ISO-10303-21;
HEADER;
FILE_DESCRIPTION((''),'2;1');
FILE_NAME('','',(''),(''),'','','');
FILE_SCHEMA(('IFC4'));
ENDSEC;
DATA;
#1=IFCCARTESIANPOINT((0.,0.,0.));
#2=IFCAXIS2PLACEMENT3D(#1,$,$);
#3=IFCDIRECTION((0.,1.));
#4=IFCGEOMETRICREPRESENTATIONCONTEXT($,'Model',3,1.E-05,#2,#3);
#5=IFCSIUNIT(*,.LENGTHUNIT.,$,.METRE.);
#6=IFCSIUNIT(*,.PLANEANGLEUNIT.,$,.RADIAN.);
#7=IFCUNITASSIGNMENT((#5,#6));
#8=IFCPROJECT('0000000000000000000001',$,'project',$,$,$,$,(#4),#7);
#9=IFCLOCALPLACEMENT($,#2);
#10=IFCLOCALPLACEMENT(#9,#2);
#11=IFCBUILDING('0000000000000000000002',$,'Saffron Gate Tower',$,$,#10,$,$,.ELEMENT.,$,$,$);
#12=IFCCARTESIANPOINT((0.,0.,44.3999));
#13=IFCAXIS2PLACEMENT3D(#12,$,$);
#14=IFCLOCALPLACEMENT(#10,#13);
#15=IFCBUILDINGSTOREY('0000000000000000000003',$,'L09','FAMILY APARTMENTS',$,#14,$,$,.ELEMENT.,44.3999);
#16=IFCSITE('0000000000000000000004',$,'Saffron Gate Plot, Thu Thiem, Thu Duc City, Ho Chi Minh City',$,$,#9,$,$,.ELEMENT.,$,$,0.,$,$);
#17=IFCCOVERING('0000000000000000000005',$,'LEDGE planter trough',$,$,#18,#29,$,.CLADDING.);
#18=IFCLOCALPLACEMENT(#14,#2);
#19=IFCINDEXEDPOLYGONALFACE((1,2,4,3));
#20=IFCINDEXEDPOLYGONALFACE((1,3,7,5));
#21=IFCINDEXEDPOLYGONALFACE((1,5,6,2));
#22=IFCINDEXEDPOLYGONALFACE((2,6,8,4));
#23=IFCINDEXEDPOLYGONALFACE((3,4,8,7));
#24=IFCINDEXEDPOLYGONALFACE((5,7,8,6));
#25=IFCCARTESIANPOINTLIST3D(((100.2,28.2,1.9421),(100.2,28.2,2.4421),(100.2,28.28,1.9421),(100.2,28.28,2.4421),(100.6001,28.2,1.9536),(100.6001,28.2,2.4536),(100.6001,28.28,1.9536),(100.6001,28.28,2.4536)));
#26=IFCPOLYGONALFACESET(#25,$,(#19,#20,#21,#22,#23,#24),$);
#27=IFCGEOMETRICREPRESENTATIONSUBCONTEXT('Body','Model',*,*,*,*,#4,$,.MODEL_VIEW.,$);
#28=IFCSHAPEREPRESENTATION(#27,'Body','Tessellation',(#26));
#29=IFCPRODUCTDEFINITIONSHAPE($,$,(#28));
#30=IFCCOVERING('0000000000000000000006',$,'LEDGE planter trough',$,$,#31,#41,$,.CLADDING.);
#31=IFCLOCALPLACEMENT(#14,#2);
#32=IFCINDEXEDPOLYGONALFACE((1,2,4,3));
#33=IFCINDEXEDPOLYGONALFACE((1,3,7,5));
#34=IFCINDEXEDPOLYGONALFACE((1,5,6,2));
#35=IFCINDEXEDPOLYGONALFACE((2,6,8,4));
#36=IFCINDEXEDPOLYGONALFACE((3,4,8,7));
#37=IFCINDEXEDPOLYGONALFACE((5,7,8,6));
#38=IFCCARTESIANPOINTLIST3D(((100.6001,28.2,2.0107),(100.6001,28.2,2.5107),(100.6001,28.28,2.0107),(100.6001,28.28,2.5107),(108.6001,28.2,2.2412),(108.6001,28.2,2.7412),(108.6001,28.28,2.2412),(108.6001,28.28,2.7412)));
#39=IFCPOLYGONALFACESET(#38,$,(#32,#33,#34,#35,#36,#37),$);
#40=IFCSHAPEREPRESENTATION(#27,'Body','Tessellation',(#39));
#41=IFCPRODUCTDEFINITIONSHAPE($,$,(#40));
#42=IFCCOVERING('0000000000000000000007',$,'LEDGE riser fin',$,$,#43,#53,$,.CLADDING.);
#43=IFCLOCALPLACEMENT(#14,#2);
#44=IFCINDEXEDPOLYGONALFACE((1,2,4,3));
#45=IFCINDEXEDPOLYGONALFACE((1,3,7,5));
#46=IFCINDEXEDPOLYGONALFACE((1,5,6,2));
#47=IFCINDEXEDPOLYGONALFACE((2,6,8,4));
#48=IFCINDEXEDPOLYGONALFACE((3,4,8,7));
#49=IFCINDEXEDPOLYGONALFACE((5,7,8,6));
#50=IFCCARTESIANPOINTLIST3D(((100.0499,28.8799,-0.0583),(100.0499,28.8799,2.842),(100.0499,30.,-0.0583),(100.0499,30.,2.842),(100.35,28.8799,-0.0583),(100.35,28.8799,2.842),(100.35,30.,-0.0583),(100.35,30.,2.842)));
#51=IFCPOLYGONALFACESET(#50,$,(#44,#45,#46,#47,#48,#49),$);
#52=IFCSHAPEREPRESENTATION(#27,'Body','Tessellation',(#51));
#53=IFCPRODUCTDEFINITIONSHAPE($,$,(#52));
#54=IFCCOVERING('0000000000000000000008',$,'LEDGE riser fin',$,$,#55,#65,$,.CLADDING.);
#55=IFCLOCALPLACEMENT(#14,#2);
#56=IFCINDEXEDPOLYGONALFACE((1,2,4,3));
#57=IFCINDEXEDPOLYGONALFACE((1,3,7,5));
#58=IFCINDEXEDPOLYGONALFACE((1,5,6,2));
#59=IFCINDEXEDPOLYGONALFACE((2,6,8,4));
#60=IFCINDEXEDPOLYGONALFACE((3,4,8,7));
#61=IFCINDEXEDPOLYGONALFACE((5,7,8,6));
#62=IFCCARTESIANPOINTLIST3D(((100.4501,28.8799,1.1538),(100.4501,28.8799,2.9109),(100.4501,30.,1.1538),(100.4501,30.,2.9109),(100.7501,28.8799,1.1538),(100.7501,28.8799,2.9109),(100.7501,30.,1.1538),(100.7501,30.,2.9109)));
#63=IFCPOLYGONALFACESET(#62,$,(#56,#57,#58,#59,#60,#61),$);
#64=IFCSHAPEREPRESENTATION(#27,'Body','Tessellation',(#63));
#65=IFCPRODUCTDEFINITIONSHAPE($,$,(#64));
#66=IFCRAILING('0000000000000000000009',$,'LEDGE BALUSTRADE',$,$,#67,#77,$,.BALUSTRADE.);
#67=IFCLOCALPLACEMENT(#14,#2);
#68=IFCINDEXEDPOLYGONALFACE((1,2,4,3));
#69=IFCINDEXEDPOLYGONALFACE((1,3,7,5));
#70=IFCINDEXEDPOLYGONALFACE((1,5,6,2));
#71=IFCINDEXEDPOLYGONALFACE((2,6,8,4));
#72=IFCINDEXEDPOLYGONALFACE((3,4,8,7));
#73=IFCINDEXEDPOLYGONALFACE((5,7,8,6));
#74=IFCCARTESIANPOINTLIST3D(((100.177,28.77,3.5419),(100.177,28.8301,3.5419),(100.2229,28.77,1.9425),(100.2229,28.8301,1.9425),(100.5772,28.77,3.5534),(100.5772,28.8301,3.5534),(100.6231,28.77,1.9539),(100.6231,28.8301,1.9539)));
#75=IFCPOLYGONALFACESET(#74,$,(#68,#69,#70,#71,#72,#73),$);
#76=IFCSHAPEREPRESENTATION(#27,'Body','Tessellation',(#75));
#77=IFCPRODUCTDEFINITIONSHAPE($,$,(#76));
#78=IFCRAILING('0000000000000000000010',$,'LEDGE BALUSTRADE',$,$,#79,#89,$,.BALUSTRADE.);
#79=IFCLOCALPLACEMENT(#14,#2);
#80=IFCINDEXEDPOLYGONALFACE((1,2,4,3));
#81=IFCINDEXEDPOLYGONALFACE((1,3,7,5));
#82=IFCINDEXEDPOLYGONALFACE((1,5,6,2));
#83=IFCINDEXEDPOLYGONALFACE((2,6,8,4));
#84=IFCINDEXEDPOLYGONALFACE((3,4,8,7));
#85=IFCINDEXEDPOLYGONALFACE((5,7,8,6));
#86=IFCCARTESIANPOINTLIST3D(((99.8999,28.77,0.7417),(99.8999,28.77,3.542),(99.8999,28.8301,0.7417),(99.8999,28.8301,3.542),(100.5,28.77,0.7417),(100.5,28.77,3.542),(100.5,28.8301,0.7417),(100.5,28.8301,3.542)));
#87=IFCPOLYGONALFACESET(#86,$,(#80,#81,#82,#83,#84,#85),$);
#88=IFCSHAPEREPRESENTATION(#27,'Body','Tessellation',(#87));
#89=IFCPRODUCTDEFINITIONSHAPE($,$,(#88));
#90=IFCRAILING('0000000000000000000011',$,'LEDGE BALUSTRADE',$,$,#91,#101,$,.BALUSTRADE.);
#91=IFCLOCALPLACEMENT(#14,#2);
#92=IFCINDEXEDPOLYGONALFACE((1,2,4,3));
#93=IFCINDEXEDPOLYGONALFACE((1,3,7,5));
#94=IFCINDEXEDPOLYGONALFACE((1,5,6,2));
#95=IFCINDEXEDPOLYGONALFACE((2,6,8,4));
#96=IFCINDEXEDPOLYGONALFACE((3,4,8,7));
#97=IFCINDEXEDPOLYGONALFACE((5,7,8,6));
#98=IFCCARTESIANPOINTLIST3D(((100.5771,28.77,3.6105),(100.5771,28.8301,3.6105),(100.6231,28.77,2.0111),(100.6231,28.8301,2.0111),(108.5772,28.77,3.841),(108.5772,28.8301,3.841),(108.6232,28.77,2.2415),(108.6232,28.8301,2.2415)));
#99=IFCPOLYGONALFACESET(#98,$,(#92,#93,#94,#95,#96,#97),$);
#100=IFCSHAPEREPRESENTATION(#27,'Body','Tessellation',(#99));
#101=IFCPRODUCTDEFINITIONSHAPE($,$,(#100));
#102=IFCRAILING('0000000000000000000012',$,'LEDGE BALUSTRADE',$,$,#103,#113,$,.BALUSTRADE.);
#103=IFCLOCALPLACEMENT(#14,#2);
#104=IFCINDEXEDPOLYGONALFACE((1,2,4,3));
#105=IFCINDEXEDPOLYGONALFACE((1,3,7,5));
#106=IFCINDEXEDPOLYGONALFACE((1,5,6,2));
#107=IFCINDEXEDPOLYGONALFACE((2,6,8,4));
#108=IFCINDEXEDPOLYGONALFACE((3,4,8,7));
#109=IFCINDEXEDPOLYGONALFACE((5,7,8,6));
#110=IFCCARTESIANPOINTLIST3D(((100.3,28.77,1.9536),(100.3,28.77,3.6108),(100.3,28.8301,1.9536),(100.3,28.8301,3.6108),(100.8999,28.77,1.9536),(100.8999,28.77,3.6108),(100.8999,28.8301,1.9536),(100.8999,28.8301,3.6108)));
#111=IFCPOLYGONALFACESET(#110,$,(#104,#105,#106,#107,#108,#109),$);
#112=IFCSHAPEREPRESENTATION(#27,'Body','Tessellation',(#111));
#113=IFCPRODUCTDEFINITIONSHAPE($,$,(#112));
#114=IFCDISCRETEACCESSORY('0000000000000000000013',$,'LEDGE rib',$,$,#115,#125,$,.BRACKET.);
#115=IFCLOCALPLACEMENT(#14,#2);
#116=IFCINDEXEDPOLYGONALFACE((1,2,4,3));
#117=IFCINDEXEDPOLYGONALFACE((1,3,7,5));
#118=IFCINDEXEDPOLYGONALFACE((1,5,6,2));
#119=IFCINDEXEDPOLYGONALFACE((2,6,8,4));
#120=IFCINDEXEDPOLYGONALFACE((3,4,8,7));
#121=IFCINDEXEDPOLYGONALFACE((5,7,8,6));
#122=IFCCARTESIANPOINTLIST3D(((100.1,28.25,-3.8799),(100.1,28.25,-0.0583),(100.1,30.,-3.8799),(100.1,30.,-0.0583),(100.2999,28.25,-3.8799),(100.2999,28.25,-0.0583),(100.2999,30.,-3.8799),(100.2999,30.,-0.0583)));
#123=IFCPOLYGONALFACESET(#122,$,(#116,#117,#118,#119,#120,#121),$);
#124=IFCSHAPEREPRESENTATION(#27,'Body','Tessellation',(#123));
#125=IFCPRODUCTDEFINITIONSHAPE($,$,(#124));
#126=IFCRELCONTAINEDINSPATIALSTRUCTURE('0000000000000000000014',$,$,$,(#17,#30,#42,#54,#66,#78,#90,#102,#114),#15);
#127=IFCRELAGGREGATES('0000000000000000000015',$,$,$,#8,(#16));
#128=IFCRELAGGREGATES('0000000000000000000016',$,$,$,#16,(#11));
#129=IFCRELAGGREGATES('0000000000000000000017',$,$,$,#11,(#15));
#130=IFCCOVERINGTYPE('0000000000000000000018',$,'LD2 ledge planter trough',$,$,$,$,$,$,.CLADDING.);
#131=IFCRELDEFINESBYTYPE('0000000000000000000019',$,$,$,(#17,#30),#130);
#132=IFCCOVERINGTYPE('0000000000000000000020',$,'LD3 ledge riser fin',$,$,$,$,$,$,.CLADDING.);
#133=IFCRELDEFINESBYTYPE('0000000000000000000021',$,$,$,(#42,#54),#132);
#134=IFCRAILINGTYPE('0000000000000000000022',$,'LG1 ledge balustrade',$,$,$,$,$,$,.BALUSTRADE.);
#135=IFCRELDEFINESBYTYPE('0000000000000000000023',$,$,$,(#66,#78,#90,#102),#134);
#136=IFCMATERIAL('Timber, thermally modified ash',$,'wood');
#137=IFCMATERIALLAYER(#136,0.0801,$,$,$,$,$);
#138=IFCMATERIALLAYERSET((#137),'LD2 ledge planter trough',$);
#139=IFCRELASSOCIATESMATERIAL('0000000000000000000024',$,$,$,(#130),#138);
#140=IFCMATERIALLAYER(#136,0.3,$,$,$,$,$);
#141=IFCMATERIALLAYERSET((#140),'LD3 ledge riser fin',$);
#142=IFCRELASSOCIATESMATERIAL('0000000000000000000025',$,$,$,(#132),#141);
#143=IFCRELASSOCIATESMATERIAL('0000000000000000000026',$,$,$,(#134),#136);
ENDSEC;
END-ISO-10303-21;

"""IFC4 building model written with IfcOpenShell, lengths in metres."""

from ifc_helpers import new_model, si_unit, direction, frame, origin, origin_2d, place, context, subcontext, project, spatial, polyline, rectangle, outline, extrude, material, layer, layer_set, type_object, element, save


model = new_model("IFC4")

# Units and contexts
model_context = context("Model", 3, precision=1e-05, world=origin(), true_north=direction((0.0, 1.0)))
body_context = subcontext(model_context, "Body", "Model", "MODEL_VIEW")
ifc_project = project(units=[si_unit("LENGTHUNIT", "METRE"), si_unit("PLANEANGLEUNIT", "RADIAN")], contexts=[model_context])

# Site, building, storey
site_placement = place(None, origin())
site = spatial("IfcSite", under=ifc_project, at=site_placement, Name="Saffron Gate Plot, Thu Thiem, Thu Duc City, Ho Chi Minh City", CompositionType="ELEMENT", RefElevation=0.0)
building_placement = place(site_placement, origin())
building = spatial("IfcBuilding", under=site, at=building_placement, Name="Saffron Gate Tower", CompositionType="ELEMENT")
storey_placement = place(building_placement, frame((0.0, 0.0, 44.3999)))
storey = spatial("IfcBuildingStorey", under=building, at=storey_placement, Name="L09", Description="FAMILY APARTMENTS", CompositionType="ELEMENT", Elevation=44.3999)

# Coverings
ifc_material_1 = material(Name="Timber, thermally modified ash", Category="wood")
ifc_layer_1 = layer(ifc_material_1, 0.0801)
ifc_layer_set_1 = layer_set([ifc_layer_1], Name="LD2 ledge planter trough")
covering_type_1 = type_object("IfcCoveringType", Name="LD2 ledge planter trough", PredefinedType="CLADDING", material=ifc_layer_set_1)
covering_1_placement = place(storey_placement, frame((100.2, 28.2, 1.9421), z_axis=(0.0, -1.0, 0.0), x_axis=(0.999589, 0.0, 0.028664)))
element("IfcCovering", 1, at=covering_1_placement, inside=storey, type_object=covering_type_1, Name="LEDGE planter trough", PredefinedType="CLADDING", context=body_context, shape_type="SweptSolid", body=[
    extrude(outline(polyline([(0.0, 0.0), (0.4003, 0.0), (0.4146, 0.4998), (0.0143, 0.4998), (0.0, 0.0)])), origin(), (0.0, 0.0, -1.0), 0.0801),
])
covering_2_placement = place(storey_placement, frame((100.6001, 28.2, 2.0107), z_axis=(0.0, -1.0, 0.0), x_axis=(0.999585, 0.0, 0.028797)))
element("IfcCovering", 2, at=covering_2_placement, inside=storey, type_object=covering_type_1, Name="LEDGE planter trough", PredefinedType="CLADDING", context=body_context, shape_type="SweptSolid", body=[
    extrude(outline(polyline([(0.0, 0.0), (8.0033, 0.0), (8.0177, 0.4998), (0.0144, 0.4998), (0.0, 0.0)])), origin(), (0.0, 0.0, -1.0), 0.0801),
])
ifc_layer_2 = layer(ifc_material_1, 0.3)
ifc_layer_set_2 = layer_set([ifc_layer_2], Name="LD3 ledge riser fin")
covering_type_2 = type_object("IfcCoveringType", Name="LD3 ledge riser fin", PredefinedType="CLADDING", material=ifc_layer_set_2)
covering_3_placement = place(storey_placement, frame((100.2, 29.4399, -0.0583), z_axis=(0.0, 0.0, 1.0), x_axis=(1.0, 0.0, 0.0)))
element("IfcCovering", 3, at=covering_3_placement, inside=storey, type_object=covering_type_2, Name="LEDGE riser fin", PredefinedType="CLADDING", context=body_context, shape_type="SweptSolid", body=[
    extrude(rectangle(XDim=0.3, YDim=1.1201, at=origin_2d()), origin(), (0.0, 0.0, 1.0), 2.9004),
])
covering_4_placement = place(storey_placement, frame((100.6001, 29.4399, 1.1538), z_axis=(0.0, 0.0, 1.0), x_axis=(1.0, 0.0, 0.0)))
element("IfcCovering", 4, at=covering_4_placement, inside=storey, type_object=covering_type_2, Name="LEDGE riser fin", PredefinedType="CLADDING", context=body_context, shape_type="SweptSolid", body=[
    extrude(rectangle(XDim=0.3, YDim=1.1201, at=origin_2d()), origin(), (0.0, 0.0, 1.0), 1.7571),
])

# Railings
railing_type = type_object("IfcRailingType", Name="LG1 ledge balustrade", PredefinedType="BALUSTRADE", material=ifc_material_1)
railing_1_placement = place(storey_placement, frame((100.2, 28.8, 1.9421)))
element("IfcRailing", 5, at=railing_1_placement, inside=storey, type_object=railing_type, Name="LEDGE BALUSTRADE", PredefinedType="BALUSTRADE", context=body_context, shape_type="SweptSolid", body=[
    extrude(rectangle(XDim=0.0601, YDim=1.6001, at=origin_2d()), frame((0.0, 0.0, 0.8), z_axis=(0.999589, 0.0, 0.028664), x_axis=(0.0, 1.0, 0.0)), (0.0, 0.0, 1.0), 0.4004),
])
railing_2_placement = place(storey_placement, frame((99.8999, 28.8, 0.7417)))
element("IfcRailing", 6, at=railing_2_placement, inside=storey, type_object=railing_type, Name="LEDGE BALUSTRADE", PredefinedType="BALUSTRADE", context=body_context, shape_type="SweptSolid", body=[
    extrude(rectangle(XDim=0.0601, YDim=2.8003, at=origin_2d()), frame((0.0, 0.0, 1.4001), z_axis=(1.0, 0.0, 0.0), x_axis=(0.0, 1.0, 0.0)), (0.0, 0.0, 1.0), 0.6001),
])
railing_3_placement = place(storey_placement, frame((100.6001, 28.8, 2.0107)))
element("IfcRailing", 7, at=railing_3_placement, inside=storey, type_object=railing_type, Name="LEDGE BALUSTRADE", PredefinedType="BALUSTRADE", context=body_context, shape_type="SweptSolid", body=[
    extrude(rectangle(XDim=0.0601, YDim=1.6001, at=origin_2d()), frame((0.0, 0.0, 0.8), z_axis=(0.999585, 0.0, 0.028797), x_axis=(0.0, 1.0, 0.0)), (0.0, 0.0, 1.0), 8.0034),
])
railing_4_placement = place(storey_placement, frame((100.3, 28.8, 1.9536)))
element("IfcRailing", 8, at=railing_4_placement, inside=storey, type_object=railing_type, Name="LEDGE BALUSTRADE", PredefinedType="BALUSTRADE", context=body_context, shape_type="SweptSolid", body=[
    extrude(rectangle(XDim=0.0601, YDim=1.6572, at=origin_2d()), frame((0.0, 0.0, 0.8286), z_axis=(1.0, 0.0, 0.0), x_axis=(0.0, 1.0, 0.0)), (0.0, 0.0, 1.0), 0.5999),
])

# Discrete accessory
discrete_accessory_placement = place(storey_placement, frame((100.2, 29.125, -3.8799), z_axis=(0.0, 0.0, 1.0), x_axis=(1.0, 0.0, 0.0)))
element("IfcDiscreteAccessory", 9, at=discrete_accessory_placement, inside=storey, Name="LEDGE rib", PredefinedType="BRACKET", context=body_context, shape_type="SweptSolid", body=[
    extrude(rectangle(XDim=0.2, YDim=1.75, at=origin_2d()), origin(), (0.0, 0.0, 1.0), 3.8215),
])

save(model, "model.ifc")
